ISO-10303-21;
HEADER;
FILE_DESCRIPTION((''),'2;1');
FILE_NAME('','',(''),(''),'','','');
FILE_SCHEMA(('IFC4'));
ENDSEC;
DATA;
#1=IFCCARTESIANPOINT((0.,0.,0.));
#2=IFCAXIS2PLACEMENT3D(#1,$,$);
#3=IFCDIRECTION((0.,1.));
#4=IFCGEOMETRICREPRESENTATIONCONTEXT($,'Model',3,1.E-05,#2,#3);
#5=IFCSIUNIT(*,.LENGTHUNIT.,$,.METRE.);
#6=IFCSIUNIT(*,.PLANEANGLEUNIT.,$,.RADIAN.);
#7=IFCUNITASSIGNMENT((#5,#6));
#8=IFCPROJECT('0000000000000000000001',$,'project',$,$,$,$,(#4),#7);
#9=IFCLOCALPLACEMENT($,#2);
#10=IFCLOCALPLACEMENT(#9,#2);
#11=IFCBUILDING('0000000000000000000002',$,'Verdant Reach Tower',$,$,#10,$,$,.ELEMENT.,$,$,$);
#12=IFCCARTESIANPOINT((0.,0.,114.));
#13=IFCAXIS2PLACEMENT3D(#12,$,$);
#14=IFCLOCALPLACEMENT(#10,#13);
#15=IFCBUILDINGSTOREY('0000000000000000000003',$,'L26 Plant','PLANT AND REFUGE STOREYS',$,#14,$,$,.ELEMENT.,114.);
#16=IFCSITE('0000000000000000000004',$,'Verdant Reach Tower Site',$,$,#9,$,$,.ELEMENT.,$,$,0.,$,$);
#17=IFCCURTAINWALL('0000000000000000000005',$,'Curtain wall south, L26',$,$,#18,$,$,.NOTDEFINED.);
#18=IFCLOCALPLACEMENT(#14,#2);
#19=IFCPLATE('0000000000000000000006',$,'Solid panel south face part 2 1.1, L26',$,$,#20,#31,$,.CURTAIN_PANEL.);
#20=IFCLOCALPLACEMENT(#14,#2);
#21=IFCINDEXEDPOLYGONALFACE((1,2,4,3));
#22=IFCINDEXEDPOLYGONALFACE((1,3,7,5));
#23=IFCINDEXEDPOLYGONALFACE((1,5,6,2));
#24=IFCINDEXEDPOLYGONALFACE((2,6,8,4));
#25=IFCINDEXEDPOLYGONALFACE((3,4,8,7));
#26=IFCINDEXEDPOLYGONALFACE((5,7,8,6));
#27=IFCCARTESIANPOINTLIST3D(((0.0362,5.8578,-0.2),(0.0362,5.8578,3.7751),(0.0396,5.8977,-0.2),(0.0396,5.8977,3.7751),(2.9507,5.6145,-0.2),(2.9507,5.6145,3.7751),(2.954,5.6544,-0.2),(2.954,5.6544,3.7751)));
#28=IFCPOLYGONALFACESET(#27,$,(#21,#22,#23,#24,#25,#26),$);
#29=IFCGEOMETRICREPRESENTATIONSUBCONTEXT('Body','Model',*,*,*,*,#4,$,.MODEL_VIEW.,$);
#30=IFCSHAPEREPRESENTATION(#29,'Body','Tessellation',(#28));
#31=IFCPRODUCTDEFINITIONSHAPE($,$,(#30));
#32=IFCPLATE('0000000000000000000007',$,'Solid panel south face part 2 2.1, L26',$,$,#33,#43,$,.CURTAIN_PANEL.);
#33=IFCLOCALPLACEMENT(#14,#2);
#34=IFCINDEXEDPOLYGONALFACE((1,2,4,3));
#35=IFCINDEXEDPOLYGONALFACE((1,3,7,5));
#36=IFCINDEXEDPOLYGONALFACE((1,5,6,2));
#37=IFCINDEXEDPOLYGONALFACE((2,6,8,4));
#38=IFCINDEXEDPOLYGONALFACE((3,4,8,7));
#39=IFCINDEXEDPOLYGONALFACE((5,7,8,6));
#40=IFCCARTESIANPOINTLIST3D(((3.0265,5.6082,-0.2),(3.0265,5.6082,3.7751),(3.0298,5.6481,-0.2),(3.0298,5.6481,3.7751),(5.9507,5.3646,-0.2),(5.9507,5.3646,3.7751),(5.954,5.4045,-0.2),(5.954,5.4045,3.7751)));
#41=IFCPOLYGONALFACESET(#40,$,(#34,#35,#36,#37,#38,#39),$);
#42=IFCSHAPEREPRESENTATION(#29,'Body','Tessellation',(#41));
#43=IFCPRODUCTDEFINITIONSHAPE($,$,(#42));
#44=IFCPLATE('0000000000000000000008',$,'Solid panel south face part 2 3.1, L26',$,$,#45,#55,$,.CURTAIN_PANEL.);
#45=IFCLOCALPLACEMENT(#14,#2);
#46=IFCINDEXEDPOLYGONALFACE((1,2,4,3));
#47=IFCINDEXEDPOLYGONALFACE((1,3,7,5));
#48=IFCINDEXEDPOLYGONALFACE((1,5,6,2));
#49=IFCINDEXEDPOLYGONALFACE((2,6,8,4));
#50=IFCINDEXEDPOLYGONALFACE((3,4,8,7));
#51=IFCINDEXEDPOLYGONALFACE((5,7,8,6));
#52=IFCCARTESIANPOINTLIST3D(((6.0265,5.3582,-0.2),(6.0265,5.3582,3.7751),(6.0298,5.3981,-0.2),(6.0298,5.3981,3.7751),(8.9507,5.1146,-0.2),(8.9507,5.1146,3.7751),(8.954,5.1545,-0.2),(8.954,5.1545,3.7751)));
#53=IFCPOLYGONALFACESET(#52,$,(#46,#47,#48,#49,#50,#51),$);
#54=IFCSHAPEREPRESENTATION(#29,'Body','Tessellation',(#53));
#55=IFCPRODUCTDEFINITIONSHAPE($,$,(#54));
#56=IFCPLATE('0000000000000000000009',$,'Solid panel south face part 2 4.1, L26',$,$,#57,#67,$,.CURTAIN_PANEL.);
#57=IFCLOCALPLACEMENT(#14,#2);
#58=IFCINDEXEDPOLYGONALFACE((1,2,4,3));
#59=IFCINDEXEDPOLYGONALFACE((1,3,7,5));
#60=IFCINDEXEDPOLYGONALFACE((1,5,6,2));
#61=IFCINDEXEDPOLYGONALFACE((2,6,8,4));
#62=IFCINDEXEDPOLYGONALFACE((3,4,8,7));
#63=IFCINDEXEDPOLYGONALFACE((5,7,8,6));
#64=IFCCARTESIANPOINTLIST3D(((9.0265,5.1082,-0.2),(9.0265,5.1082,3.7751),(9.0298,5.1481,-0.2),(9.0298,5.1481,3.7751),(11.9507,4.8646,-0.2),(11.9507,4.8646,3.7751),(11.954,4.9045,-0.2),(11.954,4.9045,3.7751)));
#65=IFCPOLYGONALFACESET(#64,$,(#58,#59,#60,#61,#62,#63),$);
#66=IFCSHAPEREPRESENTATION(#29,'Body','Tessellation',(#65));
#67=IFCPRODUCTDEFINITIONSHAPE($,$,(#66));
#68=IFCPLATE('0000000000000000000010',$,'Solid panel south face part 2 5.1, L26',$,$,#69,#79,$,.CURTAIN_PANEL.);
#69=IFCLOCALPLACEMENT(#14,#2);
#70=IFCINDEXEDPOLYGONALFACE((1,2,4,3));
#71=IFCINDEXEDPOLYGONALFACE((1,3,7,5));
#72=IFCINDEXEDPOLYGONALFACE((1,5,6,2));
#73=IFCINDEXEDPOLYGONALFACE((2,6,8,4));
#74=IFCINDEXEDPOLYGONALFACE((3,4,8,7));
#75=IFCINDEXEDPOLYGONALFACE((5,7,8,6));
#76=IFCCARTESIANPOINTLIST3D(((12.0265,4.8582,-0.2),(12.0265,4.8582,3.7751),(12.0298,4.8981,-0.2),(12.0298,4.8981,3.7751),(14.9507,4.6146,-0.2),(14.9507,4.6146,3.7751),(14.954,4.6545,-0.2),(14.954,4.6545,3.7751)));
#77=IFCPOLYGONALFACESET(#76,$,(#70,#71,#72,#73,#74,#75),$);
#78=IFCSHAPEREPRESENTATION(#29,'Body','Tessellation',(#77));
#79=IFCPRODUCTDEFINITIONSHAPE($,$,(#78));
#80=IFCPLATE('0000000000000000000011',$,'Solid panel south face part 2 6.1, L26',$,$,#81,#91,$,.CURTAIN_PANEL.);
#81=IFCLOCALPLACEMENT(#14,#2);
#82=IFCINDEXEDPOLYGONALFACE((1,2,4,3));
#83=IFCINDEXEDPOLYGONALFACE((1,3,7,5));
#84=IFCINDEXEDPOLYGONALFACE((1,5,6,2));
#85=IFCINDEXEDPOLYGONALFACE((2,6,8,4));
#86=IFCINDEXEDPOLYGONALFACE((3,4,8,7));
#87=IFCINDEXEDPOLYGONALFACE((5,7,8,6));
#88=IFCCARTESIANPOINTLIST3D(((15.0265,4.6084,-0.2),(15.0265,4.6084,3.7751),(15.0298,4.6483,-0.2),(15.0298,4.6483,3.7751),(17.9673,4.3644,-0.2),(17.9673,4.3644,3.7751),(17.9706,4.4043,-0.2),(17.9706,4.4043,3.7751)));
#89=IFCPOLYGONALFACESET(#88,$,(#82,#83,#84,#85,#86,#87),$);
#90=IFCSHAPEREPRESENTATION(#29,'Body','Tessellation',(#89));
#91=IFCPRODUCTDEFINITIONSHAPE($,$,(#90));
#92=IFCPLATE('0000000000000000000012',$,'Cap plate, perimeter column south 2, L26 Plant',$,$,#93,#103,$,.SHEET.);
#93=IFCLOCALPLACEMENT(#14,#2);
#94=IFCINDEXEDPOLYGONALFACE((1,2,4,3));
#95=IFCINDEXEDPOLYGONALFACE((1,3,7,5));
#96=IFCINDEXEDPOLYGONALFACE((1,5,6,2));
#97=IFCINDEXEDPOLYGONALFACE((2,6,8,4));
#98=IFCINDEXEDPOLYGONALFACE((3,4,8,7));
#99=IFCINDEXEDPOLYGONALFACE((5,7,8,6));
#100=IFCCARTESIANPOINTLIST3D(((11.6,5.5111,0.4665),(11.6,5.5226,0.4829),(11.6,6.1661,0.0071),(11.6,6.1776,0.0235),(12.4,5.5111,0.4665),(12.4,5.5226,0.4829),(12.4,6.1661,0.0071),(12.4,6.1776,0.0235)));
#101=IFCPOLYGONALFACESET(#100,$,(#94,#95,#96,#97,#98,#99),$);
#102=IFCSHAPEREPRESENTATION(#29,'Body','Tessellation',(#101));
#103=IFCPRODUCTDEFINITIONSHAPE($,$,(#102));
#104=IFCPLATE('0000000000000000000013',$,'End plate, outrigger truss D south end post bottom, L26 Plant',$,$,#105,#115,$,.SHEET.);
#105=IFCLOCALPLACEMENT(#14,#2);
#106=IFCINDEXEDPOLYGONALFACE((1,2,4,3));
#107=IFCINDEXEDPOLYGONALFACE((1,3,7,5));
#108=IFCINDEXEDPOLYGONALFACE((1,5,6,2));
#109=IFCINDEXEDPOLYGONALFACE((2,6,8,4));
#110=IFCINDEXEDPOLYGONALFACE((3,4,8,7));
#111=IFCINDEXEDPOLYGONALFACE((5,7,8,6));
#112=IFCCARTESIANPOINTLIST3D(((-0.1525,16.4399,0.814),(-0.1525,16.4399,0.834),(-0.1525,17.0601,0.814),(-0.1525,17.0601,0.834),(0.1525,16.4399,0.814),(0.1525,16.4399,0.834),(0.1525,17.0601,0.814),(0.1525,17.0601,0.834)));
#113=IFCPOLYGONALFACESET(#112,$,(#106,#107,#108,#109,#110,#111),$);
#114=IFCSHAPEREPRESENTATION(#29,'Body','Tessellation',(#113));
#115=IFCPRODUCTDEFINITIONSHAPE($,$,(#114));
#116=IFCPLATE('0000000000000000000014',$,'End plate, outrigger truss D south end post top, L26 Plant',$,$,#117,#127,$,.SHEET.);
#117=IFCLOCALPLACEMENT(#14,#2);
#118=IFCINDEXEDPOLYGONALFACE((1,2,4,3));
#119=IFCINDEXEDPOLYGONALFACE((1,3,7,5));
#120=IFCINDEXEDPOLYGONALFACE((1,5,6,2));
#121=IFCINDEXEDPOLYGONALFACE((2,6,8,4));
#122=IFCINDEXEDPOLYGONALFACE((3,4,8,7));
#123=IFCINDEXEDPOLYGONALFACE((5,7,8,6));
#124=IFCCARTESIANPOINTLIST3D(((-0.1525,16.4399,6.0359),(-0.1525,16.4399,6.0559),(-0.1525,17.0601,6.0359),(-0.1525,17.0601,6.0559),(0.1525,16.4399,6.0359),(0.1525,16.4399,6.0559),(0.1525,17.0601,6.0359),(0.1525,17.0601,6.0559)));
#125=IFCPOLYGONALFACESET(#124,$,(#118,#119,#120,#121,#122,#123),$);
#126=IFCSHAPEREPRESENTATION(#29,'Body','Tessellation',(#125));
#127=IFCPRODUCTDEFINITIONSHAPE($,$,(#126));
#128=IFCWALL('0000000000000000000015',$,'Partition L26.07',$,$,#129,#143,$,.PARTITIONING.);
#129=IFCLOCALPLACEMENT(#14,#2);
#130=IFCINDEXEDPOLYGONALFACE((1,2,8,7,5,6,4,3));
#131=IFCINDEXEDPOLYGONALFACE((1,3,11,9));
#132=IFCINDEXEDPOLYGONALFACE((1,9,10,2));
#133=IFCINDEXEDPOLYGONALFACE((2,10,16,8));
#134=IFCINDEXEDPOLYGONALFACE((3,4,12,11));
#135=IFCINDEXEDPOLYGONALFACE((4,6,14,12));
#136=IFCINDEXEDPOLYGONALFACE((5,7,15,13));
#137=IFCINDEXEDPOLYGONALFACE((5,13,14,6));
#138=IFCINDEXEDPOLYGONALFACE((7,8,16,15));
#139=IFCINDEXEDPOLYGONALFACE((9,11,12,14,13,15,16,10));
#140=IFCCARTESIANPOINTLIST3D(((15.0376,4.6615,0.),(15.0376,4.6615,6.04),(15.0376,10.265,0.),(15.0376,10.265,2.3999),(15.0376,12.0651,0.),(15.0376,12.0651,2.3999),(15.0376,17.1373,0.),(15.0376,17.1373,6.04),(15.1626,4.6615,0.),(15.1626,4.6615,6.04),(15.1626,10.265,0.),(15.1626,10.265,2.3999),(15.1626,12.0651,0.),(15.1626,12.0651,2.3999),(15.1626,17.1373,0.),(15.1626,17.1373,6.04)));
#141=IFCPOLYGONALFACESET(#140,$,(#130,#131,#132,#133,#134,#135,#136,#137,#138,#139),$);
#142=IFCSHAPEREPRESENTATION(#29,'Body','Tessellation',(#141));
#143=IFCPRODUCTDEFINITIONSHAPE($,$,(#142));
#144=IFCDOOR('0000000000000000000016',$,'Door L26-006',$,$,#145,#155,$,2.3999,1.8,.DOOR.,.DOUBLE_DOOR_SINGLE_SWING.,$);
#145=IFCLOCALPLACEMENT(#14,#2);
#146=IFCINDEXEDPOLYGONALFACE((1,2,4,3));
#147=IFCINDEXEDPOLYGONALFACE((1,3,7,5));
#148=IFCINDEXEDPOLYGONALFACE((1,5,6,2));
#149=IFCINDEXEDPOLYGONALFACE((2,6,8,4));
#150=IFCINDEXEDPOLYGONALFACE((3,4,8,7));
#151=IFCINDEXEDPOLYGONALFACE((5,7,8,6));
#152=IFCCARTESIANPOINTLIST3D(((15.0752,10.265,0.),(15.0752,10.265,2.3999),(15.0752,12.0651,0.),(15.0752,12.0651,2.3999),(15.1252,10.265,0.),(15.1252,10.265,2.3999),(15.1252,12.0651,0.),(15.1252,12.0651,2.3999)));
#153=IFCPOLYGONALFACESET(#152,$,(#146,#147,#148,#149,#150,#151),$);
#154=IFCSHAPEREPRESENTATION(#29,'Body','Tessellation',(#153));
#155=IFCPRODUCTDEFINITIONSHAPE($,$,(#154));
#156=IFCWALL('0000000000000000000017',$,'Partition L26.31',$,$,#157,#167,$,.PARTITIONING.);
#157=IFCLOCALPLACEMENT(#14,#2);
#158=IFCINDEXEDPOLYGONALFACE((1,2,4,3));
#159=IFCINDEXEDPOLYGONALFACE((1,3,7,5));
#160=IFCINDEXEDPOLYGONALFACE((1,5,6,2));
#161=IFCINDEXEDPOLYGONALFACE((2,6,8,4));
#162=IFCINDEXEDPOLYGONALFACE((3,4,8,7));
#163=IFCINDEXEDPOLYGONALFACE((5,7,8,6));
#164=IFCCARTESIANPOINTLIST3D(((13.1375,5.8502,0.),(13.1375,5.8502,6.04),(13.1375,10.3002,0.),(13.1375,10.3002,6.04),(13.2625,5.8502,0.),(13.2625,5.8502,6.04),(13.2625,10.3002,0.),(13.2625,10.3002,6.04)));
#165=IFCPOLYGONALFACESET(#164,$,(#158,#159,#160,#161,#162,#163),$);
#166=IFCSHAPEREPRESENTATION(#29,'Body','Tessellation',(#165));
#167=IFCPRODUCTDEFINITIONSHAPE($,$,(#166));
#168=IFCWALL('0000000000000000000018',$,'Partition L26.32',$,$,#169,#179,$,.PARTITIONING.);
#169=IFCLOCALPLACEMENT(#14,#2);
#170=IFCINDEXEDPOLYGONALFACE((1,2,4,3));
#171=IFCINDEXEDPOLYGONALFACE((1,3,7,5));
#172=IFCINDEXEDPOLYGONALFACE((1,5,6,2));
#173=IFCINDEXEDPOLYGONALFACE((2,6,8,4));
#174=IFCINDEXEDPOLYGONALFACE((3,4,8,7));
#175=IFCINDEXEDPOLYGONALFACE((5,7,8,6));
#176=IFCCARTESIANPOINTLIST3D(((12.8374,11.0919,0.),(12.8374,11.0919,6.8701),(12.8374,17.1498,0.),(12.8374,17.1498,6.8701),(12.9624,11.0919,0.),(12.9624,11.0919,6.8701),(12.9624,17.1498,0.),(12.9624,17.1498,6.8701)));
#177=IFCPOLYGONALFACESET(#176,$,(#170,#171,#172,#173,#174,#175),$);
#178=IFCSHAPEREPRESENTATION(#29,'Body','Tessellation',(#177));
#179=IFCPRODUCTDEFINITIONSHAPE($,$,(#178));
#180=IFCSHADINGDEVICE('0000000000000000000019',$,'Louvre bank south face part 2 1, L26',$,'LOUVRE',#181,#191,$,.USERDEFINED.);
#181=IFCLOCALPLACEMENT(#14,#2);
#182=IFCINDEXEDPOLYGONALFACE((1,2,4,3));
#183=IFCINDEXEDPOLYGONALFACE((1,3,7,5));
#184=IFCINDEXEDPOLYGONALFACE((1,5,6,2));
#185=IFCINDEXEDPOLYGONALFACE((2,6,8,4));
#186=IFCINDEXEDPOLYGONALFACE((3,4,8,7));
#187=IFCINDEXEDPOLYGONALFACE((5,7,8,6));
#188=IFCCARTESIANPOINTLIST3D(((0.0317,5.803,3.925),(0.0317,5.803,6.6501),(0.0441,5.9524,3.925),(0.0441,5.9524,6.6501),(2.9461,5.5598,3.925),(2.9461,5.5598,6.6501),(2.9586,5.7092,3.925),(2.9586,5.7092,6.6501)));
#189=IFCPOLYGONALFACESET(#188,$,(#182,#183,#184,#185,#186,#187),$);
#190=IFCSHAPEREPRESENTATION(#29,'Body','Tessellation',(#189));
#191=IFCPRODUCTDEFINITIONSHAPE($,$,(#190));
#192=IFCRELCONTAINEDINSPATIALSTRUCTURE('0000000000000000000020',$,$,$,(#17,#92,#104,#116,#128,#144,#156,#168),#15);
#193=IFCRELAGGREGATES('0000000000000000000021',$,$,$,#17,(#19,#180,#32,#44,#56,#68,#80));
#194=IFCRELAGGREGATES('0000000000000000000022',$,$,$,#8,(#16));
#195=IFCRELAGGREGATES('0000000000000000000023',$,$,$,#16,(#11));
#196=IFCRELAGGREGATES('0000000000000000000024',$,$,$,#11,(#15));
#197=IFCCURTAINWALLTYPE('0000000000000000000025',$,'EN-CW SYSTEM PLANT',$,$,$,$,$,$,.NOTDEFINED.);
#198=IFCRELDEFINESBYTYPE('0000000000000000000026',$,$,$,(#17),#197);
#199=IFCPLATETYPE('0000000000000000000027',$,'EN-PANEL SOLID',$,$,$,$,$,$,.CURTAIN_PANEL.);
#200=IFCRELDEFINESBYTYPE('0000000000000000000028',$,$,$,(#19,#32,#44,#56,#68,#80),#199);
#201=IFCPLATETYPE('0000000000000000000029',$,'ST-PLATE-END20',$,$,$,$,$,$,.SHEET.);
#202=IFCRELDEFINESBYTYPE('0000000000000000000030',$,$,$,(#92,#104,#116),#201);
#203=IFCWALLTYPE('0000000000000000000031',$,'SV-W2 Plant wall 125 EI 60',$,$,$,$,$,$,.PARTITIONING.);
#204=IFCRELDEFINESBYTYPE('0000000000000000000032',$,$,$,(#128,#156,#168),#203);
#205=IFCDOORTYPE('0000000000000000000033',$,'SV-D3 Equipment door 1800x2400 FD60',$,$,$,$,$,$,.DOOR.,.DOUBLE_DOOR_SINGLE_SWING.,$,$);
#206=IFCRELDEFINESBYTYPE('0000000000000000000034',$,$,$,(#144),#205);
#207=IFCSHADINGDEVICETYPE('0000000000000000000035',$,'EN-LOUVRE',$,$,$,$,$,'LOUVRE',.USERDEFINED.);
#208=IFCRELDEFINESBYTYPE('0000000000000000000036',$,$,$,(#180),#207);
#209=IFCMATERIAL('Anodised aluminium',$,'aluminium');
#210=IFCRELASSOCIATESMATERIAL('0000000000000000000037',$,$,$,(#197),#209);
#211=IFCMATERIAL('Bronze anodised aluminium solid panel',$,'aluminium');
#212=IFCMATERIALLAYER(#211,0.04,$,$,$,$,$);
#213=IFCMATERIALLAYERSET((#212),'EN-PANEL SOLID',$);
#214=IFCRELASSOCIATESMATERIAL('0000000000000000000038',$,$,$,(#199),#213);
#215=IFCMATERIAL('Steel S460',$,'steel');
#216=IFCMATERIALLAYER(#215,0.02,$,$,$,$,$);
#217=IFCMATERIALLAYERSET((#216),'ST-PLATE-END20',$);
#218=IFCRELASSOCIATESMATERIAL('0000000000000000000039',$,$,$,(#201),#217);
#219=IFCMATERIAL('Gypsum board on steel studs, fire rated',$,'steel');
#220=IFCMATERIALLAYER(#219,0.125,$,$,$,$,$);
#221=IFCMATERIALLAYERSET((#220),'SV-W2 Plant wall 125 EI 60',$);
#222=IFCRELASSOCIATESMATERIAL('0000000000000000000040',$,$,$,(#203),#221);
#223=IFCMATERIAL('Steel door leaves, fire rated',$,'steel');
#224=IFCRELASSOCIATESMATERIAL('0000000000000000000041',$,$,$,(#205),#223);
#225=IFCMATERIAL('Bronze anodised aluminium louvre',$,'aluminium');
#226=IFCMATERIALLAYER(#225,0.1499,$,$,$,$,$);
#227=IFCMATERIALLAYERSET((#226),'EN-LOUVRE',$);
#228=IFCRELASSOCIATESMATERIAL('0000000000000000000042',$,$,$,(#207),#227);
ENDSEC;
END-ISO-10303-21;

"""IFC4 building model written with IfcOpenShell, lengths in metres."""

from ifc_helpers import new_model, si_unit, direction, frame, frame_2d, origin, origin_2d, place, context, subcontext, project, spatial, rectangle, extrude, material, layer, layer_set, type_object, element, fill, aggregate, save


model = new_model("IFC4")

# Units and contexts
model_context = context("Model", 3, precision=1e-05, world=origin(), true_north=direction((0.0, 1.0)))
body_context = subcontext(model_context, "Body", "Model", "MODEL_VIEW")
ifc_project = project(units=[si_unit("LENGTHUNIT", "METRE"), si_unit("PLANEANGLEUNIT", "RADIAN")], contexts=[model_context])

# Site, building, storey
site_placement = place(None, origin())
site = spatial("IfcSite", under=ifc_project, at=site_placement, Name="Verdant Reach Tower Site", CompositionType="ELEMENT", RefElevation=0.0)
building_placement = place(site_placement, origin())
building = spatial("IfcBuilding", under=site, at=building_placement, Name="Verdant Reach Tower", CompositionType="ELEMENT")
storey_placement = place(building_placement, frame((0.0, 0.0, 114.0)))
storey = spatial("IfcBuildingStorey", under=building, at=storey_placement, Name="L26 Plant", Description="PLANT AND REFUGE STOREYS", CompositionType="ELEMENT", Elevation=114.0)

# Shared definitions
ifc_material_1 = material(Name="Steel S460", Category="steel")

# Curtain wall
ifc_material_2 = material(Name="Anodised aluminium", Category="aluminium")
curtain_wall_type = type_object("IfcCurtainWallType", Name="EN-CW SYSTEM PLANT", PredefinedType="NOTDEFINED", material=ifc_material_2)
curtain_wall_placement = place(storey_placement, origin())
curtain_wall = element("IfcCurtainWall", 1, at=curtain_wall_placement, inside=storey, type_object=curtain_wall_type, Name="Curtain wall south, L26", PredefinedType="NOTDEFINED")

# Plates
ifc_material_3 = material(Name="Bronze anodised aluminium solid panel", Category="aluminium")
ifc_layer_1 = layer(ifc_material_3, 0.04)
ifc_layer_set_1 = layer_set([ifc_layer_1], Name="EN-PANEL SOLID")
plate_type_1 = type_object("IfcPlateType", Name="EN-PANEL SOLID", PredefinedType="CURTAIN_PANEL", material=ifc_layer_set_1)
plate_1_placement = place(storey_placement, frame((1.4951, 5.7561, -0.2), z_axis=(0.0, 0.0, 1.0), x_axis=(0.996534, -0.083182, 0.0)))
plate_1 = element("IfcPlate", 2, at=plate_1_placement, type_object=plate_type_1, Name="Solid panel south face part 2 1.1, L26", PredefinedType="CURTAIN_PANEL", context=body_context, shape_type="SweptSolid", body=[
    extrude(rectangle(XDim=2.9246, YDim=0.04, at=origin_2d()), origin(), (0.0, 0.0, 1.0), 3.9751),
])
plate_2_placement = place(storey_placement, frame((4.4902, 5.5063, -0.2), z_axis=(0.0, 0.0, 1.0), x_axis=(0.996546, -0.083045, 0.0)))
plate_2 = element("IfcPlate", 3, at=plate_2_placement, type_object=plate_type_1, Name="Solid panel south face part 2 2.1, L26", PredefinedType="CURTAIN_PANEL", context=body_context, shape_type="SweptSolid", body=[
    extrude(rectangle(XDim=2.9343, YDim=0.04, at=origin_2d()), origin(), (0.0, 0.0, 1.0), 3.9751),
])
plate_3_placement = place(storey_placement, frame((7.4902, 5.2563, -0.2), z_axis=(0.0, 0.0, 1.0), x_axis=(0.996546, -0.083045, 0.0)))
plate_3 = element("IfcPlate", 4, at=plate_3_placement, type_object=plate_type_1, Name="Solid panel south face part 2 3.1, L26", PredefinedType="CURTAIN_PANEL", context=body_context, shape_type="SweptSolid", body=[
    extrude(rectangle(XDim=2.9343, YDim=0.04, at=origin_2d()), origin(), (0.0, 0.0, 1.0), 3.9751),
])
plate_4_placement = place(storey_placement, frame((10.4902, 5.0063, -0.2), z_axis=(0.0, 0.0, 1.0), x_axis=(0.996546, -0.083045, 0.0)))
plate_4 = element("IfcPlate", 5, at=plate_4_placement, type_object=plate_type_1, Name="Solid panel south face part 2 4.1, L26", PredefinedType="CURTAIN_PANEL", context=body_context, shape_type="SweptSolid", body=[
    extrude(rectangle(XDim=2.9343, YDim=0.04, at=origin_2d()), origin(), (0.0, 0.0, 1.0), 3.9751),
])
plate_5_placement = place(storey_placement, frame((13.4902, 4.7563, -0.2), z_axis=(0.0, 0.0, 1.0), x_axis=(0.996546, -0.083045, 0.0)))
plate_5 = element("IfcPlate", 6, at=plate_5_placement, type_object=plate_type_1, Name="Solid panel south face part 2 5.1, L26", PredefinedType="CURTAIN_PANEL", context=body_context, shape_type="SweptSolid", body=[
    extrude(rectangle(XDim=2.9343, YDim=0.04, at=origin_2d()), origin(), (0.0, 0.0, 1.0), 3.9751),
])
plate_6_placement = place(storey_placement, frame((16.4985, 4.5063, -0.2), z_axis=(0.0, 0.0, 1.0), x_axis=(0.996578, -0.082664, 0.0)))
plate_6 = element("IfcPlate", 7, at=plate_6_placement, type_object=plate_type_1, Name="Solid panel south face part 2 6.1, L26", PredefinedType="CURTAIN_PANEL", context=body_context, shape_type="SweptSolid", body=[
    extrude(rectangle(XDim=2.9509, YDim=0.04, at=origin_2d()), origin(), (0.0, 0.0, 1.0), 3.9751),
])

# Plates
ifc_layer_2 = layer(ifc_material_1, 0.02)
ifc_layer_set_2 = layer_set([ifc_layer_2], Name="ST-PLATE-END20")
plate_type_2 = type_object("IfcPlateType", Name="ST-PLATE-END20", PredefinedType="SHEET", material=ifc_layer_set_2)
plate_7_placement = place(storey_placement, frame((12.0, 5.8386, 0.2368), z_axis=(0.0, 0.574282, 0.818657), x_axis=(-1.0, 0.0, 0.0)))
element("IfcPlate", 8, at=plate_7_placement, inside=storey, type_object=plate_type_2, Name="Cap plate, perimeter column south 2, L26 Plant", PredefinedType="SHEET", context=body_context, shape_type="SweptSolid", body=[
    extrude(rectangle(XDim=0.8, YDim=0.8, at=origin_2d()), origin(), (0.0, 0.0, 1.0), 0.02),
])
for number, where, z_axis, x_axis, name in (
    (9, (0.0, 16.75, 0.814), (0.0, 0.0, 1.0), (1.0, 0.0, 0.0), "End plate, outrigger truss D south end post bottom, L26 Plant"),
    (10, (0.0, 16.75, 6.0359), (0.0, 0.0, 1.0), (1.0, 0.0, 0.0), "End plate, outrigger truss D south end post top, L26 Plant"),
):
    element("IfcPlate", number, at=place(storey_placement, frame(where, z_axis=z_axis, x_axis=x_axis)), inside=storey, type_object=plate_type_2, Name=name, PredefinedType="SHEET", context=body_context, shape_type="SweptSolid", body=[
        extrude(rectangle(XDim=0.3049, YDim=0.6201, at=origin_2d()), origin(), (0.0, 0.0, 1.0), 0.02),
    ])

# Wall, opening, door
ifc_material_4 = material(Name="Gypsum board on steel studs, fire rated", Category="steel")
ifc_layer_3 = layer(ifc_material_4, 0.125)
ifc_layer_set_3 = layer_set([ifc_layer_3], Name="SV-W2 Plant wall 125 EI 60")
wall_type = type_object("IfcWallType", Name="SV-W2 Plant wall 125 EI 60", PredefinedType="PARTITIONING", material=ifc_layer_set_3)
wall_1_placement = place(storey_placement, frame((15.1001, 4.6616, 0.0), z_axis=(0.0, 0.0, 1.0), x_axis=(0.0, 1.0, 0.0)))
wall_1 = element("IfcWall", 11, at=wall_1_placement, inside=storey, type_object=wall_type, Name="Partition L26.07", PredefinedType="PARTITIONING", context=body_context, shape_type="SweptSolid", body=[
    extrude(rectangle(XDim=12.4758, YDim=0.125, at=frame_2d((6.2378, 0.0))), origin(), (0.0, 0.0, 1.0), 6.04),
])
opening_placement = place(wall_1_placement, frame((5.6035, 0.0, 0.0)))
opening = element("IfcOpeningElement", 12, at=opening_placement, cuts=wall_1, PredefinedType="OPENING", context=body_context, shape_type="SweptSolid", body=[
    extrude(rectangle(XDim=1.8, YDim=2.3999, at=frame_2d((0.8999, 1.2))), frame((0.0, 0.0725, 0.0), z_axis=(0.0, -1.0, 0.0), x_axis=(1.0, 0.0, 0.0)), (0.0, 0.0, 1.0), 0.145),
])
ifc_material_5 = material(Name="Steel door leaves, fire rated", Category="steel")
door_type = type_object("IfcDoorType", Name="SV-D3 Equipment door 1800x2400 FD60", OperationType="DOUBLE_DOOR_SINGLE_SWING", PredefinedType="DOOR", material=ifc_material_5)
door_placement = place(opening_placement, origin())
door = element("IfcDoor", 13, at=door_placement, inside=storey, type_object=door_type, Name="Door L26-006", OperationType="DOUBLE_DOOR_SINGLE_SWING", OverallHeight=2.3999, OverallWidth=1.8, PredefinedType="DOOR", context=body_context, shape_type="SweptSolid", body=[
    extrude(rectangle(XDim=1.8, YDim=2.3999, at=frame_2d((0.8999, 1.2))), frame((0.0, 0.0249, 0.0), z_axis=(0.0, -1.0, 0.0), x_axis=(1.0, 0.0, 0.0)), (0.0, 0.0, 1.0), 0.05),
])
fill(opening, door)

# Walls
wall_2_placement = place(storey_placement, frame((13.2, 5.8501, 0.0), z_axis=(0.0, 0.0, 1.0), x_axis=(0.0, 1.0, 0.0)))
element("IfcWall", 14, at=wall_2_placement, inside=storey, type_object=wall_type, Name="Partition L26.31", PredefinedType="PARTITIONING", context=body_context, shape_type="SweptSolid", body=[
    extrude(rectangle(XDim=4.45, YDim=0.125, at=frame_2d((2.2251, 0.0))), origin(), (0.0, 0.0, 1.0), 6.04),
])
wall_3_placement = place(storey_placement, frame((12.8999, 11.092, 0.0), z_axis=(0.0, 0.0, 1.0), x_axis=(0.0, 1.0, 0.0)))
element("IfcWall", 15, at=wall_3_placement, inside=storey, type_object=wall_type, Name="Partition L26.32", PredefinedType="PARTITIONING", context=body_context, shape_type="SweptSolid", body=[
    extrude(rectangle(XDim=6.0579, YDim=0.125, at=frame_2d((3.0288, 0.0))), origin(), (0.0, 0.0, 1.0), 6.8701),
])

# Shading device
ifc_material_6 = material(Name="Bronze anodised aluminium louvre", Category="aluminium")
ifc_layer_4 = layer(ifc_material_6, 0.1499)
ifc_layer_set_4 = layer_set([ifc_layer_4], Name="EN-LOUVRE")
shading_device_type = type_object("IfcShadingDeviceType", Name="EN-LOUVRE", ElementType="LOUVRE", PredefinedType="USERDEFINED", material=ifc_layer_set_4)
shading_device_1_placement = place(storey_placement, frame((1.4951, 5.7561, 3.925), z_axis=(0.0, 0.0, 1.0), x_axis=(0.996534, -0.083182, 0.0)))
shading_device_1 = element("IfcShadingDevice", 16, at=shading_device_1_placement, type_object=shading_device_type, Name="Louvre bank south face part 2 1, L26", ObjectType="LOUVRE", PredefinedType="USERDEFINED", context=body_context, shape_type="SweptSolid", body=[
    extrude(rectangle(XDim=2.9246, YDim=0.1499, at=origin_2d()), origin(), (0.0, 0.0, 1.0), 2.7251),
])
aggregate(curtain_wall, [plate_1, shading_device_1, plate_2, plate_3, plate_4, plate_5, plate_6])

save(model, "model.ifc")
